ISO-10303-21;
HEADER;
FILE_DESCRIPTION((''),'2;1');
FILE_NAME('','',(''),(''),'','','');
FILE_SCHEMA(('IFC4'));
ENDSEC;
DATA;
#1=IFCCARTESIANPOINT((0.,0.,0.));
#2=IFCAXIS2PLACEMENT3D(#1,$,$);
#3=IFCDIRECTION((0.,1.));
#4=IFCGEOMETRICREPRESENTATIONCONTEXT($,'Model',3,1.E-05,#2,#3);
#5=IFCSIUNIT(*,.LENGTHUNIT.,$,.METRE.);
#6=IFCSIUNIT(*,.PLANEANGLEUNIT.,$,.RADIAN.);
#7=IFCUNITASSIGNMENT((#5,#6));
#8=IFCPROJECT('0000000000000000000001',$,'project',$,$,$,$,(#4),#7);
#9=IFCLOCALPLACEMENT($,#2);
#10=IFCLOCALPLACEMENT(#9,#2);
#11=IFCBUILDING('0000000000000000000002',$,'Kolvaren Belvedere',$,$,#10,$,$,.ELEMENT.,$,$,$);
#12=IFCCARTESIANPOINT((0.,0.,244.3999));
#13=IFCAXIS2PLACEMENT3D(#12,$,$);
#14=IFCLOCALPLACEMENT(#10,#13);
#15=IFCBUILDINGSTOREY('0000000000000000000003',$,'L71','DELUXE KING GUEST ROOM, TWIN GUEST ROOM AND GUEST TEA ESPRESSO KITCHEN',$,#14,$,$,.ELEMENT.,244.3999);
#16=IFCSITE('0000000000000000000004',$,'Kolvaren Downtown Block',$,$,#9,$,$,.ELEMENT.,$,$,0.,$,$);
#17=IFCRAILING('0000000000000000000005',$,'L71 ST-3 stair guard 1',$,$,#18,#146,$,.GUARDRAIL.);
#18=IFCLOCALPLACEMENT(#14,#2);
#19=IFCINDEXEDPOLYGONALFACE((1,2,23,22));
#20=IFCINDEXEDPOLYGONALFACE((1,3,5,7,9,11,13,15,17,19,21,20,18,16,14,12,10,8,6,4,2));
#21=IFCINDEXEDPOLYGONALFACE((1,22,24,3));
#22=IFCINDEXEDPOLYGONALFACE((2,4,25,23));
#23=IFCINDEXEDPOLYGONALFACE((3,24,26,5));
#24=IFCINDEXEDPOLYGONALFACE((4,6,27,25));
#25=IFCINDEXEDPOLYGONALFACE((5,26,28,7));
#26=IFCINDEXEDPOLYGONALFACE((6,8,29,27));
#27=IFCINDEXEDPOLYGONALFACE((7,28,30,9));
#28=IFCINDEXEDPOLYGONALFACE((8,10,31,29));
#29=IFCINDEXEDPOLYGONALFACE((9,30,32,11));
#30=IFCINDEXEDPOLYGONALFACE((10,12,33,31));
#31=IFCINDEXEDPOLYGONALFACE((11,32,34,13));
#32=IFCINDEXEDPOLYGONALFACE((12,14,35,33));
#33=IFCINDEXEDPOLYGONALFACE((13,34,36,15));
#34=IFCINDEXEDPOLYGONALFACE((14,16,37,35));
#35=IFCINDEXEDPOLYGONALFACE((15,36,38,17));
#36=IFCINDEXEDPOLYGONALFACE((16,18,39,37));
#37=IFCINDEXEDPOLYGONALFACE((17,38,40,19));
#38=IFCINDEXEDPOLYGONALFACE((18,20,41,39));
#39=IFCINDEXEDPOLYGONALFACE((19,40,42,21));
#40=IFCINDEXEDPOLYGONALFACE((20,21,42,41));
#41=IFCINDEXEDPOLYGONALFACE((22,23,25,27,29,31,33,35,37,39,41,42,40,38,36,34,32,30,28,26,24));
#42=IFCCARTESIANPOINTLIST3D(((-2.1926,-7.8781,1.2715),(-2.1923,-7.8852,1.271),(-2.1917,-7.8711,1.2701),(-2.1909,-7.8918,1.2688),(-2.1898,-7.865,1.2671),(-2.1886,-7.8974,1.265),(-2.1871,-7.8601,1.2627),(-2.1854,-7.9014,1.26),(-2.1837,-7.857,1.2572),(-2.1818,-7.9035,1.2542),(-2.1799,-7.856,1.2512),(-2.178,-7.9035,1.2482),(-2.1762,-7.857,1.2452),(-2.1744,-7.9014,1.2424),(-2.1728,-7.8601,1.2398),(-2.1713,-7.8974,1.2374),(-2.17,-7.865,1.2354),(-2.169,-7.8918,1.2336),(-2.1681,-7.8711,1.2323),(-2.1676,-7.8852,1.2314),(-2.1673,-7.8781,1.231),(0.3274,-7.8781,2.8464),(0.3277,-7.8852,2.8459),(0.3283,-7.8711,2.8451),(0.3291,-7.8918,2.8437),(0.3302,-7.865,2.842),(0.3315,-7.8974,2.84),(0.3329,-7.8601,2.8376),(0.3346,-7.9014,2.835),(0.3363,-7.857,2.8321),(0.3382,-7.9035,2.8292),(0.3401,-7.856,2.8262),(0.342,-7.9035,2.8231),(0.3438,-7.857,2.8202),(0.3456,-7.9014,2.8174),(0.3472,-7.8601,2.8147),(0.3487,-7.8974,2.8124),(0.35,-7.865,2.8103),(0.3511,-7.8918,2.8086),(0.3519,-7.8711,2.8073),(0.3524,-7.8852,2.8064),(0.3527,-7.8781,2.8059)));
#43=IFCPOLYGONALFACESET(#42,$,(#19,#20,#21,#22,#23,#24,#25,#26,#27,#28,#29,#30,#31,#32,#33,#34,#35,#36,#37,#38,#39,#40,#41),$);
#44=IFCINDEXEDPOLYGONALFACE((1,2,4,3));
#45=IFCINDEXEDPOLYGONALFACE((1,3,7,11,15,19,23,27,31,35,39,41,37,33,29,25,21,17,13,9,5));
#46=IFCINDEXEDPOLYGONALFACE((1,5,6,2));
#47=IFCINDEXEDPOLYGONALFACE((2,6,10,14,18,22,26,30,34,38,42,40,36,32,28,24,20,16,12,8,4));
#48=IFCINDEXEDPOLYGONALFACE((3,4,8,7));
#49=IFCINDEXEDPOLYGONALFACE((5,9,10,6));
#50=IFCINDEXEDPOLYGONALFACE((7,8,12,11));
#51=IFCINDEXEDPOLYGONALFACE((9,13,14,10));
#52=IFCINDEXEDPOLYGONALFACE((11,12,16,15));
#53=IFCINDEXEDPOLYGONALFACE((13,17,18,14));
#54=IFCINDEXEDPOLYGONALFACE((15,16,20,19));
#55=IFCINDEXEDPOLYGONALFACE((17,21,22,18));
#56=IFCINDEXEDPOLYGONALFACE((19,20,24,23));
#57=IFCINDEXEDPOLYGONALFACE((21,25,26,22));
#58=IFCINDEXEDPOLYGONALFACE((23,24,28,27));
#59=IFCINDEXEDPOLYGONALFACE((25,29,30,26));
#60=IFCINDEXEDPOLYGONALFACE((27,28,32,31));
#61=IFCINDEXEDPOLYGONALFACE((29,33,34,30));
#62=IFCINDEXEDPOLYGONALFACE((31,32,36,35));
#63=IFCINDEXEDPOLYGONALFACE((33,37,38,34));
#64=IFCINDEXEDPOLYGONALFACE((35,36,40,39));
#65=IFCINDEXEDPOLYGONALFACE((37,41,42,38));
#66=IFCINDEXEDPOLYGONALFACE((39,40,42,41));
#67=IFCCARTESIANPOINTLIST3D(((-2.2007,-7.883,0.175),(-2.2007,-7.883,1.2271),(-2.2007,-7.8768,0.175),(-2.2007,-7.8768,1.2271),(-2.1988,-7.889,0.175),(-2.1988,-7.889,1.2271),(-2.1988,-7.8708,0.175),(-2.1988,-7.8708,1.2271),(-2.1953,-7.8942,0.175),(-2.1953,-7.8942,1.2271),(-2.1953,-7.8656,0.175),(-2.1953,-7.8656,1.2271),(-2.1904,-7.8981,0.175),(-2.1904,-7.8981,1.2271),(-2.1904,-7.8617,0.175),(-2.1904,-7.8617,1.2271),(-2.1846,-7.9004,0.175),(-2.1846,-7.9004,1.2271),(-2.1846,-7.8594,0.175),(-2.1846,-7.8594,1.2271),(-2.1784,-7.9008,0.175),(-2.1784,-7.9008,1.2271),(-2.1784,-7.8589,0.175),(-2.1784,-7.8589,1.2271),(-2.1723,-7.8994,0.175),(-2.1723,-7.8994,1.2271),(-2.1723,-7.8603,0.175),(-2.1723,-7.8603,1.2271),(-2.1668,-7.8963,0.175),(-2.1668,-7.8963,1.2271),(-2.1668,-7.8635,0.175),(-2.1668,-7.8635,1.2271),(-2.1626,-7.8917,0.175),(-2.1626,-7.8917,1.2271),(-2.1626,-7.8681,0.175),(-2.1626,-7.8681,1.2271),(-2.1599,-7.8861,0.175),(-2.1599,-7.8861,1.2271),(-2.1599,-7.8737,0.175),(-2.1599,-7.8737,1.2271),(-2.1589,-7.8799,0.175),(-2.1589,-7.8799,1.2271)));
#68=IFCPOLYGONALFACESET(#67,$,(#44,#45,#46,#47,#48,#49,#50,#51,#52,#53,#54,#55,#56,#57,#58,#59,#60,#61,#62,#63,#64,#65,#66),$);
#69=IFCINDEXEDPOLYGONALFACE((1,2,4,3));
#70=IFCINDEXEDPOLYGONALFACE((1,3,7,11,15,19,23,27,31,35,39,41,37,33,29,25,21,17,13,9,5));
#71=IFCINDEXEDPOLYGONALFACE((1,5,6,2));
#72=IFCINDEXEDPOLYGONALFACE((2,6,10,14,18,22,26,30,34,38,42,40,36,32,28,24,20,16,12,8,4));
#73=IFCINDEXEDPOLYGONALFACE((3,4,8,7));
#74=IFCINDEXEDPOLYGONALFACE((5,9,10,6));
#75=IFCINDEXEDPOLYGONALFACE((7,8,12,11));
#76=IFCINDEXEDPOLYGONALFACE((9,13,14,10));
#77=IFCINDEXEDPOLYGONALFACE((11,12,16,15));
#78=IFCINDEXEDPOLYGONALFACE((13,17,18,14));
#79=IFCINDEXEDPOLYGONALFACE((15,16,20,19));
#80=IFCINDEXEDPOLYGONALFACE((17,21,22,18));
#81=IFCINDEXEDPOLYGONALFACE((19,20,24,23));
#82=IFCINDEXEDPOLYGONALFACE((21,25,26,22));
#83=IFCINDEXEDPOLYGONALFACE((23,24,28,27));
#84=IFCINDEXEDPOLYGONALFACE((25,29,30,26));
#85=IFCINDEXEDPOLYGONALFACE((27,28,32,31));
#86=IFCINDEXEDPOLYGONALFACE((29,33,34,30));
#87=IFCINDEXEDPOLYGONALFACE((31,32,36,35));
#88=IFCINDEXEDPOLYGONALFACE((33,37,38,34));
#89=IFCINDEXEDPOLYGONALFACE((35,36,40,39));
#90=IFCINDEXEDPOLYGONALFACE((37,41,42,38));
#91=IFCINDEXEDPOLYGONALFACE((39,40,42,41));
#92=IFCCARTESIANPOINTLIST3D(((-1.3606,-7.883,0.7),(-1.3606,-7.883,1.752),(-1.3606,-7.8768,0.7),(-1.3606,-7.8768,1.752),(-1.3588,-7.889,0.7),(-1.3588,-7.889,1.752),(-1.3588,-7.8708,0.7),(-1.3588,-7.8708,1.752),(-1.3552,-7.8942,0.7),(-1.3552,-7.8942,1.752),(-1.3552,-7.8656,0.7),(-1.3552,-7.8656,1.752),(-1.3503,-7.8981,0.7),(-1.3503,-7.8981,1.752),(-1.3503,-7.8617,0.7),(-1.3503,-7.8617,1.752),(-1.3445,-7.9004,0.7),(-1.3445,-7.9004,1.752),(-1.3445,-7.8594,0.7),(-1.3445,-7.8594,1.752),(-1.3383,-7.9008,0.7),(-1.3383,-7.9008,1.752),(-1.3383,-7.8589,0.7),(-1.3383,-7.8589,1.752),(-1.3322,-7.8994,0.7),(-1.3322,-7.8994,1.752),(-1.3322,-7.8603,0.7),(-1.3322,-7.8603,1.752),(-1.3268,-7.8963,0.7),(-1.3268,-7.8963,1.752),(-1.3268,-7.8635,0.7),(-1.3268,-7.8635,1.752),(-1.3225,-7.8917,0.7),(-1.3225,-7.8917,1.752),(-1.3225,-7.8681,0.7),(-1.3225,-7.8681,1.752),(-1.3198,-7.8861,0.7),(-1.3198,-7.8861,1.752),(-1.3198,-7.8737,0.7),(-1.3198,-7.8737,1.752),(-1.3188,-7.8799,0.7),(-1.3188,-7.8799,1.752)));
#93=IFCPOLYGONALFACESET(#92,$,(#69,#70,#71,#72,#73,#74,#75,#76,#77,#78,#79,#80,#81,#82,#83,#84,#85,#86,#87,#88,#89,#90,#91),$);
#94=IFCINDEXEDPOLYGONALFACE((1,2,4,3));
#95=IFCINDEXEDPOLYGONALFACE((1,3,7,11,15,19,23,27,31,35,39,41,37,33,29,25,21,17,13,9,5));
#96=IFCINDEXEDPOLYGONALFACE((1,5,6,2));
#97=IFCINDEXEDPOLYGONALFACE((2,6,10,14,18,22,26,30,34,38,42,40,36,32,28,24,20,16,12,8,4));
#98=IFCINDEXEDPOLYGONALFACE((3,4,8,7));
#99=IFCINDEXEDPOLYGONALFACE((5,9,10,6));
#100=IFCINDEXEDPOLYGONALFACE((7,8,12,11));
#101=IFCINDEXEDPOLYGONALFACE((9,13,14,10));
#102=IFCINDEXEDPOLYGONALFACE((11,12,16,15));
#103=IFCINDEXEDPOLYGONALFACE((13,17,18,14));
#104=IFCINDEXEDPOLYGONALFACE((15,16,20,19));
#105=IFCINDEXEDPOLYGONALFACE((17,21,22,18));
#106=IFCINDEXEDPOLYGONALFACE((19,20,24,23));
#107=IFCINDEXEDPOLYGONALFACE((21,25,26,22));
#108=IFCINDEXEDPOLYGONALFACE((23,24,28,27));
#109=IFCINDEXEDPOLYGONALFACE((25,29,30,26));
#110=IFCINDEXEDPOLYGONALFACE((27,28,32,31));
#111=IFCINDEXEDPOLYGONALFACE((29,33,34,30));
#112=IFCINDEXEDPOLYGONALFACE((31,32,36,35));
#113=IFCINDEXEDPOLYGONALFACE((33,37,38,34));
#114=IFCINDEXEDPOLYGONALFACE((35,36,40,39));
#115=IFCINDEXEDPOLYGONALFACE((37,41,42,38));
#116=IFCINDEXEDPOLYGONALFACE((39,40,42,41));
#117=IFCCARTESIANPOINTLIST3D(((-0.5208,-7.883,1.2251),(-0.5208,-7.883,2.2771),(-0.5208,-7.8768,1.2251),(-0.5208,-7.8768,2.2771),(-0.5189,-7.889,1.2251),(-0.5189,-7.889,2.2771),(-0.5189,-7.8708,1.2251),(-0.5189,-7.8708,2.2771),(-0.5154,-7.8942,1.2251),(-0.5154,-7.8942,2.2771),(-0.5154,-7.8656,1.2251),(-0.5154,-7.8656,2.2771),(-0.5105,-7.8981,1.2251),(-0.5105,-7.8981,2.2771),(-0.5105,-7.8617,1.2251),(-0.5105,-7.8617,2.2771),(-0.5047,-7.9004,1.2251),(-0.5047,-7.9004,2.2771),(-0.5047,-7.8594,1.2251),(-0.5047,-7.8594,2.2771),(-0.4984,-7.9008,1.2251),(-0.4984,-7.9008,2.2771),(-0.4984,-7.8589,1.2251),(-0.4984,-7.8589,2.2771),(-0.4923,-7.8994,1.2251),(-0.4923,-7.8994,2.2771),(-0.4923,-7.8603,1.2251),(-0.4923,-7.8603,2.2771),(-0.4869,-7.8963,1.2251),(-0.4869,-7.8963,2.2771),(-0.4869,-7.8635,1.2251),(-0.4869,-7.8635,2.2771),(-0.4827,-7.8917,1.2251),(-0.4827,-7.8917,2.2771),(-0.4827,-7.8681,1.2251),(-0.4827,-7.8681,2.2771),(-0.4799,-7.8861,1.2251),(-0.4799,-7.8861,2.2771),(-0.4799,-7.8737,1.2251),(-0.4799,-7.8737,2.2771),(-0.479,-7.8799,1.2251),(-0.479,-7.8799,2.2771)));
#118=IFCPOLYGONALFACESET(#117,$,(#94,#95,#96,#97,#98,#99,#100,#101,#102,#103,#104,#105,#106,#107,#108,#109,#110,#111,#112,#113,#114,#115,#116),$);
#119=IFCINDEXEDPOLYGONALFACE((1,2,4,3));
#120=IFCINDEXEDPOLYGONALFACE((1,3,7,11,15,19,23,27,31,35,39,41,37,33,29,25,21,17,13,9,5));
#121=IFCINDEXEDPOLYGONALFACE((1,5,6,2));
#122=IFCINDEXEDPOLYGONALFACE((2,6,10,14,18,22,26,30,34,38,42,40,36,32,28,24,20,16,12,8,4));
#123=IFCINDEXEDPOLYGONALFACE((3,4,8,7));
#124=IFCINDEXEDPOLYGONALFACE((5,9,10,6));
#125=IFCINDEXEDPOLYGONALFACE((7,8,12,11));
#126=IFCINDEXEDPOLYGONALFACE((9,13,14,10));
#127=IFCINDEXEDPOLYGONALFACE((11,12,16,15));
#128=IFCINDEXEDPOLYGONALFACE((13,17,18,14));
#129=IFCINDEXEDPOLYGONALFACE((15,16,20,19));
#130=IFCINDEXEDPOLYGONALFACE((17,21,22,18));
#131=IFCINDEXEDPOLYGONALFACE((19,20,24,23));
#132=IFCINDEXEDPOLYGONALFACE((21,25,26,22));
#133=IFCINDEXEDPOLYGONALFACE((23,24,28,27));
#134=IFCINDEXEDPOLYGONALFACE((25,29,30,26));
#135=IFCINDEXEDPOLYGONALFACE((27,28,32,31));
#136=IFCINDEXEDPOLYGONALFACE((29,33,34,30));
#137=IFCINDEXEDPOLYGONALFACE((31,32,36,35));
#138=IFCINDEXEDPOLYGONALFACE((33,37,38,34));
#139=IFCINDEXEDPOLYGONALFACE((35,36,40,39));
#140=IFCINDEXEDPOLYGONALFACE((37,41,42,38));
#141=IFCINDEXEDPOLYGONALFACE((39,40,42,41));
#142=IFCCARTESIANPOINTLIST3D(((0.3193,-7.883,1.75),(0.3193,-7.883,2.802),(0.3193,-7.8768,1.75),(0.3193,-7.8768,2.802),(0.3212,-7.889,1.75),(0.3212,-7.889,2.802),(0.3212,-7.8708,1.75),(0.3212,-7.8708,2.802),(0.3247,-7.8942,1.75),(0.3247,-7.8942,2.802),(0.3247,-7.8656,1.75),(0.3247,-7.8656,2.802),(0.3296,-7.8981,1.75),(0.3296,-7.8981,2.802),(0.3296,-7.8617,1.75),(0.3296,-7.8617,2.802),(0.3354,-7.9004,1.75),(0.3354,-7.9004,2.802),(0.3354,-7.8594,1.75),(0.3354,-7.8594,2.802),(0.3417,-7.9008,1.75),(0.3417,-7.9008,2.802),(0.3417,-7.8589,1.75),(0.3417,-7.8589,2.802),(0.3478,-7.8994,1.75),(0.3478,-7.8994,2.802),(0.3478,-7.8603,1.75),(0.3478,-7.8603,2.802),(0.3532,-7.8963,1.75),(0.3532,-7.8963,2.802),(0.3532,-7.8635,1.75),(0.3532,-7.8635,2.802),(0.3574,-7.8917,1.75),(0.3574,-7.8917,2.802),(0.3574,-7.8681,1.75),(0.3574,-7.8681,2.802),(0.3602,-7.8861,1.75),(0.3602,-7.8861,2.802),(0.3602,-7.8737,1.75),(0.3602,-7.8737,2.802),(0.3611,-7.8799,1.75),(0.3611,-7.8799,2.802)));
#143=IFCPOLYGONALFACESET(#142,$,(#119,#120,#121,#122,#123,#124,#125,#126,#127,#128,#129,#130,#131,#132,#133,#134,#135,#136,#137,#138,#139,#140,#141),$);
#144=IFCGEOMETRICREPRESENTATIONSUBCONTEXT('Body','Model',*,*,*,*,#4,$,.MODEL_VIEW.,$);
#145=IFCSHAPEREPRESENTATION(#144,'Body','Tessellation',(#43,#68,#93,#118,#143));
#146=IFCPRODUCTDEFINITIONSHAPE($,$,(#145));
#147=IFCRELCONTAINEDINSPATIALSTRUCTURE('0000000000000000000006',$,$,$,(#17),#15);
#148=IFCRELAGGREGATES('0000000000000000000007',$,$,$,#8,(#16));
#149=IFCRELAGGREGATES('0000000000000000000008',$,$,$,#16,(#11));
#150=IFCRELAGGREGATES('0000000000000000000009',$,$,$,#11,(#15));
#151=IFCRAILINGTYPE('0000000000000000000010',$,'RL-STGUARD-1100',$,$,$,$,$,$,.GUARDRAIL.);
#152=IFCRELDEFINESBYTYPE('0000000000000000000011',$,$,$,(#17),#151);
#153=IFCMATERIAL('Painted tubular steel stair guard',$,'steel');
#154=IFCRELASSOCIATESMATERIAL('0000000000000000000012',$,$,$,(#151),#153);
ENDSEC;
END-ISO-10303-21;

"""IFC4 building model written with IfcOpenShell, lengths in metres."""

from ifc_helpers import new_model, si_unit, direction, frame, origin, origin_2d, place, context, subcontext, project, spatial, circle, extrude, material, type_object, element, save


model = new_model("IFC4")

# Units and contexts
model_context = context("Model", 3, precision=1e-05, world=origin(), true_north=direction((0.0, 1.0)))
body_context = subcontext(model_context, "Body", "Model", "MODEL_VIEW")
ifc_project = project(units=[si_unit("LENGTHUNIT", "METRE"), si_unit("PLANEANGLEUNIT", "RADIAN")], contexts=[model_context])

# Site, building, storey
site_placement = place(None, origin())
site = spatial("IfcSite", under=ifc_project, at=site_placement, Name="Kolvaren Downtown Block", CompositionType="ELEMENT", RefElevation=0.0)
building_placement = place(site_placement, origin())
building = spatial("IfcBuilding", under=site, at=building_placement, Name="Kolvaren Belvedere", CompositionType="ELEMENT")
storey_placement = place(building_placement, frame((0.0, 0.0, 244.3999)))
storey = spatial("IfcBuildingStorey", under=building, at=storey_placement, Name="L71", Description="DELUXE KING GUEST ROOM, TWIN GUEST ROOM AND GUEST TEA ESPRESSO KITCHEN", CompositionType="ELEMENT", Elevation=244.3999)

# Railing
ifc_material_1 = material(Name="Painted tubular steel stair guard", Category="steel")
railing_type_1 = type_object("IfcRailingType", Name="RL-STGUARD-1100", PredefinedType="GUARDRAIL", material=ifc_material_1)
railing_1_placement = place(storey_placement, frame((-2.1799, -7.8799, 0.175)))
element("IfcRailing", 1, at=railing_1_placement, inside=storey, type_object=railing_type_1, Name="L71 ST-3 stair guard 1", PredefinedType="GUARDRAIL", context=body_context, shape_type="SweptSolid", body=[
    extrude(circle(Radius=0.0239, at=origin_2d()), frame((0.0, 0.0, 1.0762), z_axis=(0.848008, 0.0, 0.529984), x_axis=(0.0, 1.0, 0.0)), (0.0, 0.0, 1.0), 2.9717),
    extrude(circle(Radius=0.021, at=origin_2d()), origin(), (0.0, 0.0, 1.0), 1.052),
    extrude(circle(Radius=0.021, at=origin_2d()), frame((0.8401, 0.0, 0.5249)), (0.0, 0.0, 1.0), 1.052),
    extrude(circle(Radius=0.021, at=origin_2d()), frame((1.6799, 0.0, 1.05)), (0.0, 0.0, 1.0), 1.052),
    extrude(circle(Radius=0.021, at=origin_2d()), frame((2.52, 0.0, 1.575)), (0.0, 0.0, 1.0), 1.052),
])

save(model, "model.ifc")
